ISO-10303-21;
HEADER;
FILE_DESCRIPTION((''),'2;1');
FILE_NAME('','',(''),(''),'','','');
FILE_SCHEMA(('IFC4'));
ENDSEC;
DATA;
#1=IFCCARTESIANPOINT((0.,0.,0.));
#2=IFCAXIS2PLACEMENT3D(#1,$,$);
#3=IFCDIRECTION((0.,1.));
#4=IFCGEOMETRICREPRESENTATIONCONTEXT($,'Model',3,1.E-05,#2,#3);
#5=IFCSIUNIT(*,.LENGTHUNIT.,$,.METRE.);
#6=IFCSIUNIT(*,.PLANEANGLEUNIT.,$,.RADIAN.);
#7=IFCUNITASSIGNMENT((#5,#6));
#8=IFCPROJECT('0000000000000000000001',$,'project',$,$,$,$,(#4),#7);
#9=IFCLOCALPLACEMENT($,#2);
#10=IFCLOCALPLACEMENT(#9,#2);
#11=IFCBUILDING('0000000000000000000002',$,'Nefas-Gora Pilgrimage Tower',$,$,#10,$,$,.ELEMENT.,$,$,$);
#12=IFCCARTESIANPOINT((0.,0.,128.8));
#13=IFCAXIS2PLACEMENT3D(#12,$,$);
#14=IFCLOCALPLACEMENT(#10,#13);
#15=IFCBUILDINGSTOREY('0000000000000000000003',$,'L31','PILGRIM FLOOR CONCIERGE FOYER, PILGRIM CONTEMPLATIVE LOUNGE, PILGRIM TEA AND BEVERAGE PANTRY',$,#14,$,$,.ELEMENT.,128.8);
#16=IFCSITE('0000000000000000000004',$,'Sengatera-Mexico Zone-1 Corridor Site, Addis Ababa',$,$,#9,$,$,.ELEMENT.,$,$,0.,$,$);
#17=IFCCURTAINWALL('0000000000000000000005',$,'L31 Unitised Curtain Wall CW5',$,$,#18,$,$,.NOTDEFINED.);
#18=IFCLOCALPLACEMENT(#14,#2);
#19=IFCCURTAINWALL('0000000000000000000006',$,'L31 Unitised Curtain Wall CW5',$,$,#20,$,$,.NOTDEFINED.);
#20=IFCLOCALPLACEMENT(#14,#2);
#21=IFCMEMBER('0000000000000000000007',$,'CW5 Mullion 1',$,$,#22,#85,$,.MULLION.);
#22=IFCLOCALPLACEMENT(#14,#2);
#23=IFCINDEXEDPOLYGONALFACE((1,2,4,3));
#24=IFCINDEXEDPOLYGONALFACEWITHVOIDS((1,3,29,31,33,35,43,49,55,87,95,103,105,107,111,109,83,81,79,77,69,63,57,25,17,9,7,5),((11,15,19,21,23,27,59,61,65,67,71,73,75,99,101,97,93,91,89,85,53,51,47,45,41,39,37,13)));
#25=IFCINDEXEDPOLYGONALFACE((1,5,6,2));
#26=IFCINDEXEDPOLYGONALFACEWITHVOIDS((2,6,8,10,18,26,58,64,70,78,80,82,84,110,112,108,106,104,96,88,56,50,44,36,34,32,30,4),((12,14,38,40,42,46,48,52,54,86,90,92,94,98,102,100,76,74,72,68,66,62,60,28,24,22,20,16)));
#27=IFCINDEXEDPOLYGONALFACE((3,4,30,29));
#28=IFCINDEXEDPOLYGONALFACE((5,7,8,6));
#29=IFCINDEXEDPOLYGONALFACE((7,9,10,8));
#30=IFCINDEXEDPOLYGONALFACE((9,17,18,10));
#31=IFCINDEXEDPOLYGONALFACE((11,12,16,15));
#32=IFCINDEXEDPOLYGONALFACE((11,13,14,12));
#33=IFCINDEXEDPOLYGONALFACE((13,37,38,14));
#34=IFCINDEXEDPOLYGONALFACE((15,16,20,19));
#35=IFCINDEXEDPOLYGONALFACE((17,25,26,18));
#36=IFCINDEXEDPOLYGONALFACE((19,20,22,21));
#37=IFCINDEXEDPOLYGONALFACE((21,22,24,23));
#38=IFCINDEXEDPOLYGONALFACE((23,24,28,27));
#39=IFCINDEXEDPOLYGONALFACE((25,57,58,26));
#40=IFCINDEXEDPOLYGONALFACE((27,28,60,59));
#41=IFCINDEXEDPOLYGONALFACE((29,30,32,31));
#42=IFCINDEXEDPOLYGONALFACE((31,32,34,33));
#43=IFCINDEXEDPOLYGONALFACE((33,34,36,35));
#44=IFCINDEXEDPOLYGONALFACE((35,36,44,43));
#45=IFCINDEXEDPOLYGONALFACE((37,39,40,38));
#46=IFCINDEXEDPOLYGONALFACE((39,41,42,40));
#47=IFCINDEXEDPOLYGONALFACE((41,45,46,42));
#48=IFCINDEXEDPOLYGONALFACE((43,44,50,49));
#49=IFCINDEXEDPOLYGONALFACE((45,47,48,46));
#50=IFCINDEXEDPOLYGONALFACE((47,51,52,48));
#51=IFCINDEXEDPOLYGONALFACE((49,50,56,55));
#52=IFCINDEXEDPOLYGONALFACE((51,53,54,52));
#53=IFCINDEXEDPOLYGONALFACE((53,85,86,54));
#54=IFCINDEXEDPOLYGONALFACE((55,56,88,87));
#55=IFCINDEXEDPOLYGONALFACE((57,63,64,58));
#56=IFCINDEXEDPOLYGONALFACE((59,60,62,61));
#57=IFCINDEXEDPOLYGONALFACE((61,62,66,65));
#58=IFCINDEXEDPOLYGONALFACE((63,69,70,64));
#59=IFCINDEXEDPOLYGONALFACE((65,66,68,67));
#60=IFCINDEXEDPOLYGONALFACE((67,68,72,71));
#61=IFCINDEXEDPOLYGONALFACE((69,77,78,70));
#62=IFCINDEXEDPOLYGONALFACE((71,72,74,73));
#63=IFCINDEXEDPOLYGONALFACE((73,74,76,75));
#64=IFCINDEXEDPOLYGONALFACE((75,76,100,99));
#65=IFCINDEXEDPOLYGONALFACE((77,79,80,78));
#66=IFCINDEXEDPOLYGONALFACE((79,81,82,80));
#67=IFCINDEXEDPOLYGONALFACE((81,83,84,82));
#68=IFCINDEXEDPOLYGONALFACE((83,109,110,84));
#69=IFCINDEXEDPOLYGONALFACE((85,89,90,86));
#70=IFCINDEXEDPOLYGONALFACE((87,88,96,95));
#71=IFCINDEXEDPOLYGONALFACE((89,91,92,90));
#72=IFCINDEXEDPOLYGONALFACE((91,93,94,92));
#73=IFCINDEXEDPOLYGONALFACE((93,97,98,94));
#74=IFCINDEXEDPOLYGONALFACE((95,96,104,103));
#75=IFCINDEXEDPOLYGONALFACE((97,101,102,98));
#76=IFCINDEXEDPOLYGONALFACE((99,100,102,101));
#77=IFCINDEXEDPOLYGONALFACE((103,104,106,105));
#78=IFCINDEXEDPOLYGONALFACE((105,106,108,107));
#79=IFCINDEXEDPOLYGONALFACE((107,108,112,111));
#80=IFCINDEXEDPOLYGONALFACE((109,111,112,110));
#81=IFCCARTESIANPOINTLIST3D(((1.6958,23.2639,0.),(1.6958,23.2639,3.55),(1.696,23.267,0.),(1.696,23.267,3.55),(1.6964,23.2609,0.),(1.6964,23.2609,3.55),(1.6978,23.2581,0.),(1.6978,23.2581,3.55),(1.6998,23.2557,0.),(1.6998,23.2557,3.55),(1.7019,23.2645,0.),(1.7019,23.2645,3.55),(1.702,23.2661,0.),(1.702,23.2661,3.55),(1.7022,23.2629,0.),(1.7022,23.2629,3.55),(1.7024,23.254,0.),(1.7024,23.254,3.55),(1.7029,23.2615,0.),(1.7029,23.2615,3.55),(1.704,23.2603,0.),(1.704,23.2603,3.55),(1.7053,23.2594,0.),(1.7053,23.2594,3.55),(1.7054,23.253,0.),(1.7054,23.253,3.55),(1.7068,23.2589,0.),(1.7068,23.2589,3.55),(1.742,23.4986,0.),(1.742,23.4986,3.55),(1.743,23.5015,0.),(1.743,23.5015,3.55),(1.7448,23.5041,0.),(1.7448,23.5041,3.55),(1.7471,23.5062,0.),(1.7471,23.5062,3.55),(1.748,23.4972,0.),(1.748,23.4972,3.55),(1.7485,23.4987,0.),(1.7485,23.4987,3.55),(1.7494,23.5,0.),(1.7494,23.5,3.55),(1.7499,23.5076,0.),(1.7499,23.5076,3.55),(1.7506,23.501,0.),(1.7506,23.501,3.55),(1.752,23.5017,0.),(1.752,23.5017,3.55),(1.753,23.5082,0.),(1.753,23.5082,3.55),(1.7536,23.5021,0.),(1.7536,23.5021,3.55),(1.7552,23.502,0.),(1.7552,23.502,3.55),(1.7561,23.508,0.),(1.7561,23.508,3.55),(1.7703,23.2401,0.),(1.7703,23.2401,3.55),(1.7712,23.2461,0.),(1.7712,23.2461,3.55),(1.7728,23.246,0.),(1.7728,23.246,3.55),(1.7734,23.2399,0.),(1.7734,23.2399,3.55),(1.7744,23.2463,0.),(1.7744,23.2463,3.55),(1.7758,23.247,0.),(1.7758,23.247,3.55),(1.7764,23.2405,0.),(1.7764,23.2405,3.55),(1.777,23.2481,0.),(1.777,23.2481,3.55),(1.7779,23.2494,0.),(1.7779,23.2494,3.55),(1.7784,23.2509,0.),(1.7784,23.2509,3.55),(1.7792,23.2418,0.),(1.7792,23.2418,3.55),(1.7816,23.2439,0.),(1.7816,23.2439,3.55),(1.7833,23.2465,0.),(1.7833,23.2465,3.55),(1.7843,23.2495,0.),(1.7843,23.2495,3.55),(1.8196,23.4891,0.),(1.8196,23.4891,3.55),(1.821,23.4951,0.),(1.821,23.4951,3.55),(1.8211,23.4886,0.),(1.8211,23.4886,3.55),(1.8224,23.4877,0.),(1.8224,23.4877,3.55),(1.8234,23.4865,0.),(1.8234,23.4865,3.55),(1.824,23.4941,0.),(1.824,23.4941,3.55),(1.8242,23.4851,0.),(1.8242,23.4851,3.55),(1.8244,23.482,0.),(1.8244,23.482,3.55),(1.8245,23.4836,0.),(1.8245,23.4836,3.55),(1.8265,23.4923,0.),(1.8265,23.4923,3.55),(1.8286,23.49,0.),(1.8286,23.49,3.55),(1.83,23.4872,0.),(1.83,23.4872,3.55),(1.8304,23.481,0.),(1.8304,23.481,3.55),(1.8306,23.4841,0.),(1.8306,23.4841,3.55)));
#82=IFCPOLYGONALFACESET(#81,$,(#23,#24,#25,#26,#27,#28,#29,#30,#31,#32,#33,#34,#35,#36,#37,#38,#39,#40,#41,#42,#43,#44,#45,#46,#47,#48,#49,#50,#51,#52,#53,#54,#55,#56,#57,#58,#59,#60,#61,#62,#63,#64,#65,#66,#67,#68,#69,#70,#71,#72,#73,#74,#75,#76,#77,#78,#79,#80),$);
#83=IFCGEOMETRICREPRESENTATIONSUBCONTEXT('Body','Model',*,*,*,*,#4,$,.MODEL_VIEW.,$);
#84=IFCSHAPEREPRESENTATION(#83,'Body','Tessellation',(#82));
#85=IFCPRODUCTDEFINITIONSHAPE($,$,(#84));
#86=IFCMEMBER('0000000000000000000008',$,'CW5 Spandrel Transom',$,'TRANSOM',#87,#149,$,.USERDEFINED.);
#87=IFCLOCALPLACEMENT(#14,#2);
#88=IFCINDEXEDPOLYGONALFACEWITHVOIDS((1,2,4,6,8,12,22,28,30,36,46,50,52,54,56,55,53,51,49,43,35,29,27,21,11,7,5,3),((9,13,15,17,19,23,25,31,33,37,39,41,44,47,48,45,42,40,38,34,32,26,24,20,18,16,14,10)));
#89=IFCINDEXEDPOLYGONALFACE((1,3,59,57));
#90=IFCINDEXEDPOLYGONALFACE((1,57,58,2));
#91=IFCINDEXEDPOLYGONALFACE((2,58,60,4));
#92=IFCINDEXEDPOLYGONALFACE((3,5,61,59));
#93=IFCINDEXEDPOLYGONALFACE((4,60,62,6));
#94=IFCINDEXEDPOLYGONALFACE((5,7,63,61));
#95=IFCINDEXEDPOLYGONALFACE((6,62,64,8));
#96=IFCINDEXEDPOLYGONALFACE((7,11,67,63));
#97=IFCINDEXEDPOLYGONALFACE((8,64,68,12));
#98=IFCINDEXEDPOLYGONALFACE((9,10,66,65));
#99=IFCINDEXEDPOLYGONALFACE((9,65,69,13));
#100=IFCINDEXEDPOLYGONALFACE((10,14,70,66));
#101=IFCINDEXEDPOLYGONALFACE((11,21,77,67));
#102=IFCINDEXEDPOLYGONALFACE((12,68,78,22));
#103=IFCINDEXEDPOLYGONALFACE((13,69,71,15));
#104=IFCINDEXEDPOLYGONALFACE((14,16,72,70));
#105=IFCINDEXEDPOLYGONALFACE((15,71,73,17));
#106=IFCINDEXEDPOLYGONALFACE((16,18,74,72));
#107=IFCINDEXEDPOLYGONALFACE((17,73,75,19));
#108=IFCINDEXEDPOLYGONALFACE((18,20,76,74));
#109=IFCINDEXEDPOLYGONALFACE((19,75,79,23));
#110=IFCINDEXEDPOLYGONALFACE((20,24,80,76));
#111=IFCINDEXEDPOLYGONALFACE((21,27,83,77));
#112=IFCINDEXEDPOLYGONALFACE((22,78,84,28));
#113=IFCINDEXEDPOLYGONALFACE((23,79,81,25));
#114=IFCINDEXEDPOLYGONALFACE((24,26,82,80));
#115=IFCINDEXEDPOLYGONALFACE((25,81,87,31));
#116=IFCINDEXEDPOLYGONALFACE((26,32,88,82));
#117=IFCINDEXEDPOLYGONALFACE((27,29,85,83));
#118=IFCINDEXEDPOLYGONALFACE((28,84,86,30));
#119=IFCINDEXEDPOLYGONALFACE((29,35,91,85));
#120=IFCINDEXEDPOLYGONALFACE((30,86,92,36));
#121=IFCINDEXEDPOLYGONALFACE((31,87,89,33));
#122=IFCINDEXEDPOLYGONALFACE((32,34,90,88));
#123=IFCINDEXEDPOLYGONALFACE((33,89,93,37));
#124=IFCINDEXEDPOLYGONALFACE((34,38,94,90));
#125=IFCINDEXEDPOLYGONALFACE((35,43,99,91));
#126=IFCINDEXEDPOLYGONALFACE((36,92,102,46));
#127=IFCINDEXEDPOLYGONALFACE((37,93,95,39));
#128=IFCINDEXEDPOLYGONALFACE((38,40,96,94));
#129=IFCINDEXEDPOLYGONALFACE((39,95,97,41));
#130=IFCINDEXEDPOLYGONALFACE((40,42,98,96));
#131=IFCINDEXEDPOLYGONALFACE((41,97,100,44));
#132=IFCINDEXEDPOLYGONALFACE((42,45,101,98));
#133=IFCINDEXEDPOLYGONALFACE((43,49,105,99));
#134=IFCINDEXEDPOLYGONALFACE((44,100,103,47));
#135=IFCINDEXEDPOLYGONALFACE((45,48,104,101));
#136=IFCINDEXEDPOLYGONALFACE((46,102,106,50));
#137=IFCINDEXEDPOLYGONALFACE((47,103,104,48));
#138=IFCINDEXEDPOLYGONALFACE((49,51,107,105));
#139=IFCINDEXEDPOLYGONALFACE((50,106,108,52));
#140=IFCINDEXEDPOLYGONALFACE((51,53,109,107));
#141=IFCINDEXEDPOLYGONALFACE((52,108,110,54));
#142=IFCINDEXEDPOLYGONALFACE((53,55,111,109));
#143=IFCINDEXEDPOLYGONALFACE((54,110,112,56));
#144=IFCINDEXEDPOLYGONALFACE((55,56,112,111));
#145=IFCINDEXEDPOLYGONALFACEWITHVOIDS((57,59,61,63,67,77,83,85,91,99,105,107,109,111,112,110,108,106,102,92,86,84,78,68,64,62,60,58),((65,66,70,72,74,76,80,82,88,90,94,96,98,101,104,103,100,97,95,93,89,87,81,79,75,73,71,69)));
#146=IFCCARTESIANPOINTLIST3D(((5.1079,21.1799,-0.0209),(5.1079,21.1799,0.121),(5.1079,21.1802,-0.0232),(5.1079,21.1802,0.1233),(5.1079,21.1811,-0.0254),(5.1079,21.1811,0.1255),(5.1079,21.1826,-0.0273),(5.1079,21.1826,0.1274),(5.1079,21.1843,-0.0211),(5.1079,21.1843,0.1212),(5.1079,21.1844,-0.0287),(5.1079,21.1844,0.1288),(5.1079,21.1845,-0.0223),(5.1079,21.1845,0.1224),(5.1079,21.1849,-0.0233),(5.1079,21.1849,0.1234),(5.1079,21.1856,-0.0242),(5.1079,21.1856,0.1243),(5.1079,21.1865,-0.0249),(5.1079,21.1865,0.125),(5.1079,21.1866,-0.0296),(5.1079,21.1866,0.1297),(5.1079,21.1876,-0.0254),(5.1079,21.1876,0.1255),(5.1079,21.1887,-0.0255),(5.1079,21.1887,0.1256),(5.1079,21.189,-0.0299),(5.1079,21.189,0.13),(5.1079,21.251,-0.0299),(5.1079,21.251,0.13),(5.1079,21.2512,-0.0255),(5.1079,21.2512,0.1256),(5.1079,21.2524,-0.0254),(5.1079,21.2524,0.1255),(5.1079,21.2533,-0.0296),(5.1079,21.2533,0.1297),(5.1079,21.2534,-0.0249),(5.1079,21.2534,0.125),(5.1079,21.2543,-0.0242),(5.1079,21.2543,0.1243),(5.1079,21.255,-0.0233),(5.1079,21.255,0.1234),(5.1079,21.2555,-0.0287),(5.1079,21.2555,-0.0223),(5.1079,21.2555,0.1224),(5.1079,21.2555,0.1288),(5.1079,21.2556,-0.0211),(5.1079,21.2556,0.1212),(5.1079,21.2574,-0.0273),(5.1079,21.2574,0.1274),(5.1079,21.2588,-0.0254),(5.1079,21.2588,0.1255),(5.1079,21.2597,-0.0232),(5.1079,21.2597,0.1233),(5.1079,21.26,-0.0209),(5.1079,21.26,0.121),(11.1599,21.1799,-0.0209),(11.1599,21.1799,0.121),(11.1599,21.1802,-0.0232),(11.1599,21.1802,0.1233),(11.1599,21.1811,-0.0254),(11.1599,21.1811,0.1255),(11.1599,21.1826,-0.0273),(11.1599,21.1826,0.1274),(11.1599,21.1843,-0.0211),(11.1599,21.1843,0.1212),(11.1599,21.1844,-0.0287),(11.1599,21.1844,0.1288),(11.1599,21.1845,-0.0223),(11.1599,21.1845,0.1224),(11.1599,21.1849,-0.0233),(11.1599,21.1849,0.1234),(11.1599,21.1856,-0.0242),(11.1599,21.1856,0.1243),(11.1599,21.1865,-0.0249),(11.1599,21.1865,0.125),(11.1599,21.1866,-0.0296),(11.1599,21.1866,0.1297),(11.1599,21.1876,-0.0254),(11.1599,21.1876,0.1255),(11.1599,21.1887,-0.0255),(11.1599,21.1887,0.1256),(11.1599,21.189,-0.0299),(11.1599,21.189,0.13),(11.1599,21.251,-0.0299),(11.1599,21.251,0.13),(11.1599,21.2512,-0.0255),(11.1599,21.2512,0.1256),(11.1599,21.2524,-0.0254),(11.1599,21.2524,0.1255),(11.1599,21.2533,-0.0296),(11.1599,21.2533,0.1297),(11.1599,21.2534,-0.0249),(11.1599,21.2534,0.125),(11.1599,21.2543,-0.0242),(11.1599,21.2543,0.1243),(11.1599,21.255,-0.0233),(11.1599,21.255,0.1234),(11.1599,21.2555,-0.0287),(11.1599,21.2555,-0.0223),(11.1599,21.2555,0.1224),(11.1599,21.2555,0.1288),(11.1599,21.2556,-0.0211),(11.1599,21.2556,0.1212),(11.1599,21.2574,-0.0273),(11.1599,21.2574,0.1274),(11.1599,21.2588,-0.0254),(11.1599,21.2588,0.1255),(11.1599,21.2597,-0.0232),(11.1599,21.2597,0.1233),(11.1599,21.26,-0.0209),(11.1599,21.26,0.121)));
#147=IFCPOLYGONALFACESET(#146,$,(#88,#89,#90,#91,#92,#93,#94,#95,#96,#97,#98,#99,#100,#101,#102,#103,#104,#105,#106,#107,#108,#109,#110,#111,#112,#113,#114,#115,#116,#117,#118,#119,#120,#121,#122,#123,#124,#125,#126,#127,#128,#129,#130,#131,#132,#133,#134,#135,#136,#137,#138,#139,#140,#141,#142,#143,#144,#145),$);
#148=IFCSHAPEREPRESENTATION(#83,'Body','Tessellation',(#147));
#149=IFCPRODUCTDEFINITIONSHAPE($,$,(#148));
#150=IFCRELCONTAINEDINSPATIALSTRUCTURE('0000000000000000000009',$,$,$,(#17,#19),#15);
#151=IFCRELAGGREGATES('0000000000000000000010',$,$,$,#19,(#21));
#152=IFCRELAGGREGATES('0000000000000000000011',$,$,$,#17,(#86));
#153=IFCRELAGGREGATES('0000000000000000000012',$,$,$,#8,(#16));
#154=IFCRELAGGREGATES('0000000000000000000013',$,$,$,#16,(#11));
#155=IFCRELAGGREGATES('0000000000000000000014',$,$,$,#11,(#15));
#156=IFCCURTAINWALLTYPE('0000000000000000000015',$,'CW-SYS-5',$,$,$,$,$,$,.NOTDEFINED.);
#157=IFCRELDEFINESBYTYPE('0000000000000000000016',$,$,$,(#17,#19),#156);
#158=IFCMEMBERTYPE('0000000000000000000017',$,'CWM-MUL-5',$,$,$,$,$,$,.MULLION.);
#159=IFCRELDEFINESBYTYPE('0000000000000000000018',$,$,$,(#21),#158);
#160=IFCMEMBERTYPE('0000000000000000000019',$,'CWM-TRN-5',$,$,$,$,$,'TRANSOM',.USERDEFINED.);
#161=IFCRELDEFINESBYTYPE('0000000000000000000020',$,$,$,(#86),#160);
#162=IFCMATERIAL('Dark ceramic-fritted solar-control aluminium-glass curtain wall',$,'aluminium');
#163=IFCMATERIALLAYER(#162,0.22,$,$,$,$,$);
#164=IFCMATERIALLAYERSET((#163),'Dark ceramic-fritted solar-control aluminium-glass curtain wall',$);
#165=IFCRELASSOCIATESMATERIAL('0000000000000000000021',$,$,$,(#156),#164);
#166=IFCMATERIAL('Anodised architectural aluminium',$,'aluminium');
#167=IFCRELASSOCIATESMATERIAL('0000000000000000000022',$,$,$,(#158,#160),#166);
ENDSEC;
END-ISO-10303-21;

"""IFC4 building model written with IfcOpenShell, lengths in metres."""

from ifc_helpers import new_model, si_unit, direction, frame, origin, origin_2d, place, context, subcontext, project, spatial, hollow_rectangle, extrude, source, transform, mapped, material, layer, layer_set, material_profile, profile_set, type_object, element, aggregate, save


model = new_model("IFC4")

# Units and contexts
model_context = context("Model", 3, precision=1e-05, world=origin(), true_north=direction((0.0, 1.0)))
body_context = subcontext(model_context, "Body", "Model", "MODEL_VIEW")
ifc_project = project(units=[si_unit("LENGTHUNIT", "METRE"), si_unit("PLANEANGLEUNIT", "RADIAN")], contexts=[model_context])

# Site, building, storey
site_placement = place(None, origin())
site = spatial("IfcSite", under=ifc_project, at=site_placement, Name="Sengatera-Mexico Zone-1 Corridor Site, Addis Ababa", CompositionType="ELEMENT", RefElevation=0.0)
building_placement = place(site_placement, origin())
building = spatial("IfcBuilding", under=site, at=building_placement, Name="Nefas-Gora Pilgrimage Tower", CompositionType="ELEMENT")
storey_placement = place(building_placement, frame((0.0, 0.0, 128.8)))
storey = spatial("IfcBuildingStorey", under=building, at=storey_placement, Name="L31", Description="PILGRIM FLOOR CONCIERGE FOYER, PILGRIM CONTEMPLATIVE LOUNGE, PILGRIM TEA AND BEVERAGE PANTRY", CompositionType="ELEMENT", Elevation=128.8)

# Curtain wall
ifc_material_1 = material(Name="Dark ceramic-fritted solar-control aluminium-glass curtain wall", Category="aluminium")
ifc_layer_1 = layer(ifc_material_1, 0.22)
ifc_layer_set_1 = layer_set([ifc_layer_1], Name="Dark ceramic-fritted solar-control aluminium-glass curtain wall")
curtain_wall_type_1 = type_object("IfcCurtainWallType", Name="CW-SYS-5", PredefinedType="NOTDEFINED", material=ifc_layer_set_1)
curtain_wall_1_placement = place(storey_placement, origin())
curtain_wall_1 = element("IfcCurtainWall", 1, at=curtain_wall_1_placement, inside=storey, type_object=curtain_wall_type_1, Name="L31 Unitised Curtain Wall CW5", PredefinedType="NOTDEFINED")
ifc_material_2 = material(Name="Anodised architectural aluminium", Category="aluminium")
ifc_material_profile_1 = material_profile(ifc_material_2, hollow_rectangle(XDim=0.0901, YDim=0.26, WallThickness=0.0061, InnerFilletRadius=0.0061, OuterFilletRadius=0.012, at=origin_2d()), Name="ALU MULLION 90x260")
ifc_profile_set_1 = profile_set([ifc_material_profile_1], Name="Anodised architectural aluminium")
member_type_1 = type_object("IfcMemberType", Name="CWM-MUL-5", PredefinedType="MULLION", material=ifc_profile_set_1)
shared_shape_1 = source(origin(), body_context, "Body", "SweptSolid", [
    extrude(hollow_rectangle(XDim=0.0901, YDim=0.26, WallThickness=0.0061, InnerFilletRadius=0.0061, OuterFilletRadius=0.012, at=origin_2d()), origin(), (0.0, 0.0, 1.0), 3.55),
])

# Curtain wall, member
curtain_wall_2_placement = place(storey_placement, origin())
curtain_wall_2 = element("IfcCurtainWall", 2, at=curtain_wall_2_placement, inside=storey, type_object=curtain_wall_type_1, Name="L31 Unitised Curtain Wall CW5", PredefinedType="NOTDEFINED")
member_1_placement = place(storey_placement, frame((1.7632, 23.374, 0.0), z_axis=(0.0, 0.0, 1.0), x_axis=(-0.980783, 0.195102, 0.0)))
member_1 = element("IfcMember", 3, at=member_1_placement, type_object=member_type_1, Name="CW5 Mullion 1", PredefinedType="MULLION", context=body_context, shape_type="MappedRepresentation", body=[
    mapped(shared_shape_1, transform((0.0, 0.0, 0.0), x_axis=(1.0, 0.0, 0.0), y_axis=(0.0, 1.0, 0.0), z_axis=(0.0, 0.0, 1.0), scale=1.0)),
])

# Member
ifc_material_profile_2 = material_profile(ifc_material_2, hollow_rectangle(XDim=0.0801, YDim=0.1599, WallThickness=0.0044, InnerFilletRadius=0.0044, OuterFilletRadius=0.009, at=origin_2d()), Name="ALU TRANSOM 80x160")
ifc_profile_set_2 = profile_set([ifc_material_profile_2], Name="Anodised architectural aluminium")
member_type_2 = type_object("IfcMemberType", Name="CWM-TRN-5", ElementType="TRANSOM", PredefinedType="USERDEFINED", material=ifc_profile_set_2)
shared_shape_2 = source(origin(), body_context, "Body", "SweptSolid", [
    extrude(hollow_rectangle(XDim=0.0801, YDim=0.1599, WallThickness=0.0044, InnerFilletRadius=0.0044, OuterFilletRadius=0.009, at=origin_2d()), origin(), (0.0, 0.0, 1.0), 6.052),
])
member_2_placement = place(storey_placement, frame((11.1599, 21.22, 0.05), z_axis=(-1.0, 0.0, 0.0), x_axis=(0.0, -1.0, 0.0)))
member_2 = element("IfcMember", 4, at=member_2_placement, type_object=member_type_2, Name="CW5 Spandrel Transom", ObjectType="TRANSOM", PredefinedType="USERDEFINED", context=body_context, shape_type="MappedRepresentation", body=[
    mapped(shared_shape_2, transform((0.0, 0.0, 0.0), x_axis=(1.0, 0.0, 0.0), y_axis=(0.0, 1.0, 0.0), z_axis=(0.0, 0.0, 1.0), scale=1.0)),
])

aggregate(curtain_wall_2, [member_1])

aggregate(curtain_wall_1, [member_2])

save(model, "model.ifc")
